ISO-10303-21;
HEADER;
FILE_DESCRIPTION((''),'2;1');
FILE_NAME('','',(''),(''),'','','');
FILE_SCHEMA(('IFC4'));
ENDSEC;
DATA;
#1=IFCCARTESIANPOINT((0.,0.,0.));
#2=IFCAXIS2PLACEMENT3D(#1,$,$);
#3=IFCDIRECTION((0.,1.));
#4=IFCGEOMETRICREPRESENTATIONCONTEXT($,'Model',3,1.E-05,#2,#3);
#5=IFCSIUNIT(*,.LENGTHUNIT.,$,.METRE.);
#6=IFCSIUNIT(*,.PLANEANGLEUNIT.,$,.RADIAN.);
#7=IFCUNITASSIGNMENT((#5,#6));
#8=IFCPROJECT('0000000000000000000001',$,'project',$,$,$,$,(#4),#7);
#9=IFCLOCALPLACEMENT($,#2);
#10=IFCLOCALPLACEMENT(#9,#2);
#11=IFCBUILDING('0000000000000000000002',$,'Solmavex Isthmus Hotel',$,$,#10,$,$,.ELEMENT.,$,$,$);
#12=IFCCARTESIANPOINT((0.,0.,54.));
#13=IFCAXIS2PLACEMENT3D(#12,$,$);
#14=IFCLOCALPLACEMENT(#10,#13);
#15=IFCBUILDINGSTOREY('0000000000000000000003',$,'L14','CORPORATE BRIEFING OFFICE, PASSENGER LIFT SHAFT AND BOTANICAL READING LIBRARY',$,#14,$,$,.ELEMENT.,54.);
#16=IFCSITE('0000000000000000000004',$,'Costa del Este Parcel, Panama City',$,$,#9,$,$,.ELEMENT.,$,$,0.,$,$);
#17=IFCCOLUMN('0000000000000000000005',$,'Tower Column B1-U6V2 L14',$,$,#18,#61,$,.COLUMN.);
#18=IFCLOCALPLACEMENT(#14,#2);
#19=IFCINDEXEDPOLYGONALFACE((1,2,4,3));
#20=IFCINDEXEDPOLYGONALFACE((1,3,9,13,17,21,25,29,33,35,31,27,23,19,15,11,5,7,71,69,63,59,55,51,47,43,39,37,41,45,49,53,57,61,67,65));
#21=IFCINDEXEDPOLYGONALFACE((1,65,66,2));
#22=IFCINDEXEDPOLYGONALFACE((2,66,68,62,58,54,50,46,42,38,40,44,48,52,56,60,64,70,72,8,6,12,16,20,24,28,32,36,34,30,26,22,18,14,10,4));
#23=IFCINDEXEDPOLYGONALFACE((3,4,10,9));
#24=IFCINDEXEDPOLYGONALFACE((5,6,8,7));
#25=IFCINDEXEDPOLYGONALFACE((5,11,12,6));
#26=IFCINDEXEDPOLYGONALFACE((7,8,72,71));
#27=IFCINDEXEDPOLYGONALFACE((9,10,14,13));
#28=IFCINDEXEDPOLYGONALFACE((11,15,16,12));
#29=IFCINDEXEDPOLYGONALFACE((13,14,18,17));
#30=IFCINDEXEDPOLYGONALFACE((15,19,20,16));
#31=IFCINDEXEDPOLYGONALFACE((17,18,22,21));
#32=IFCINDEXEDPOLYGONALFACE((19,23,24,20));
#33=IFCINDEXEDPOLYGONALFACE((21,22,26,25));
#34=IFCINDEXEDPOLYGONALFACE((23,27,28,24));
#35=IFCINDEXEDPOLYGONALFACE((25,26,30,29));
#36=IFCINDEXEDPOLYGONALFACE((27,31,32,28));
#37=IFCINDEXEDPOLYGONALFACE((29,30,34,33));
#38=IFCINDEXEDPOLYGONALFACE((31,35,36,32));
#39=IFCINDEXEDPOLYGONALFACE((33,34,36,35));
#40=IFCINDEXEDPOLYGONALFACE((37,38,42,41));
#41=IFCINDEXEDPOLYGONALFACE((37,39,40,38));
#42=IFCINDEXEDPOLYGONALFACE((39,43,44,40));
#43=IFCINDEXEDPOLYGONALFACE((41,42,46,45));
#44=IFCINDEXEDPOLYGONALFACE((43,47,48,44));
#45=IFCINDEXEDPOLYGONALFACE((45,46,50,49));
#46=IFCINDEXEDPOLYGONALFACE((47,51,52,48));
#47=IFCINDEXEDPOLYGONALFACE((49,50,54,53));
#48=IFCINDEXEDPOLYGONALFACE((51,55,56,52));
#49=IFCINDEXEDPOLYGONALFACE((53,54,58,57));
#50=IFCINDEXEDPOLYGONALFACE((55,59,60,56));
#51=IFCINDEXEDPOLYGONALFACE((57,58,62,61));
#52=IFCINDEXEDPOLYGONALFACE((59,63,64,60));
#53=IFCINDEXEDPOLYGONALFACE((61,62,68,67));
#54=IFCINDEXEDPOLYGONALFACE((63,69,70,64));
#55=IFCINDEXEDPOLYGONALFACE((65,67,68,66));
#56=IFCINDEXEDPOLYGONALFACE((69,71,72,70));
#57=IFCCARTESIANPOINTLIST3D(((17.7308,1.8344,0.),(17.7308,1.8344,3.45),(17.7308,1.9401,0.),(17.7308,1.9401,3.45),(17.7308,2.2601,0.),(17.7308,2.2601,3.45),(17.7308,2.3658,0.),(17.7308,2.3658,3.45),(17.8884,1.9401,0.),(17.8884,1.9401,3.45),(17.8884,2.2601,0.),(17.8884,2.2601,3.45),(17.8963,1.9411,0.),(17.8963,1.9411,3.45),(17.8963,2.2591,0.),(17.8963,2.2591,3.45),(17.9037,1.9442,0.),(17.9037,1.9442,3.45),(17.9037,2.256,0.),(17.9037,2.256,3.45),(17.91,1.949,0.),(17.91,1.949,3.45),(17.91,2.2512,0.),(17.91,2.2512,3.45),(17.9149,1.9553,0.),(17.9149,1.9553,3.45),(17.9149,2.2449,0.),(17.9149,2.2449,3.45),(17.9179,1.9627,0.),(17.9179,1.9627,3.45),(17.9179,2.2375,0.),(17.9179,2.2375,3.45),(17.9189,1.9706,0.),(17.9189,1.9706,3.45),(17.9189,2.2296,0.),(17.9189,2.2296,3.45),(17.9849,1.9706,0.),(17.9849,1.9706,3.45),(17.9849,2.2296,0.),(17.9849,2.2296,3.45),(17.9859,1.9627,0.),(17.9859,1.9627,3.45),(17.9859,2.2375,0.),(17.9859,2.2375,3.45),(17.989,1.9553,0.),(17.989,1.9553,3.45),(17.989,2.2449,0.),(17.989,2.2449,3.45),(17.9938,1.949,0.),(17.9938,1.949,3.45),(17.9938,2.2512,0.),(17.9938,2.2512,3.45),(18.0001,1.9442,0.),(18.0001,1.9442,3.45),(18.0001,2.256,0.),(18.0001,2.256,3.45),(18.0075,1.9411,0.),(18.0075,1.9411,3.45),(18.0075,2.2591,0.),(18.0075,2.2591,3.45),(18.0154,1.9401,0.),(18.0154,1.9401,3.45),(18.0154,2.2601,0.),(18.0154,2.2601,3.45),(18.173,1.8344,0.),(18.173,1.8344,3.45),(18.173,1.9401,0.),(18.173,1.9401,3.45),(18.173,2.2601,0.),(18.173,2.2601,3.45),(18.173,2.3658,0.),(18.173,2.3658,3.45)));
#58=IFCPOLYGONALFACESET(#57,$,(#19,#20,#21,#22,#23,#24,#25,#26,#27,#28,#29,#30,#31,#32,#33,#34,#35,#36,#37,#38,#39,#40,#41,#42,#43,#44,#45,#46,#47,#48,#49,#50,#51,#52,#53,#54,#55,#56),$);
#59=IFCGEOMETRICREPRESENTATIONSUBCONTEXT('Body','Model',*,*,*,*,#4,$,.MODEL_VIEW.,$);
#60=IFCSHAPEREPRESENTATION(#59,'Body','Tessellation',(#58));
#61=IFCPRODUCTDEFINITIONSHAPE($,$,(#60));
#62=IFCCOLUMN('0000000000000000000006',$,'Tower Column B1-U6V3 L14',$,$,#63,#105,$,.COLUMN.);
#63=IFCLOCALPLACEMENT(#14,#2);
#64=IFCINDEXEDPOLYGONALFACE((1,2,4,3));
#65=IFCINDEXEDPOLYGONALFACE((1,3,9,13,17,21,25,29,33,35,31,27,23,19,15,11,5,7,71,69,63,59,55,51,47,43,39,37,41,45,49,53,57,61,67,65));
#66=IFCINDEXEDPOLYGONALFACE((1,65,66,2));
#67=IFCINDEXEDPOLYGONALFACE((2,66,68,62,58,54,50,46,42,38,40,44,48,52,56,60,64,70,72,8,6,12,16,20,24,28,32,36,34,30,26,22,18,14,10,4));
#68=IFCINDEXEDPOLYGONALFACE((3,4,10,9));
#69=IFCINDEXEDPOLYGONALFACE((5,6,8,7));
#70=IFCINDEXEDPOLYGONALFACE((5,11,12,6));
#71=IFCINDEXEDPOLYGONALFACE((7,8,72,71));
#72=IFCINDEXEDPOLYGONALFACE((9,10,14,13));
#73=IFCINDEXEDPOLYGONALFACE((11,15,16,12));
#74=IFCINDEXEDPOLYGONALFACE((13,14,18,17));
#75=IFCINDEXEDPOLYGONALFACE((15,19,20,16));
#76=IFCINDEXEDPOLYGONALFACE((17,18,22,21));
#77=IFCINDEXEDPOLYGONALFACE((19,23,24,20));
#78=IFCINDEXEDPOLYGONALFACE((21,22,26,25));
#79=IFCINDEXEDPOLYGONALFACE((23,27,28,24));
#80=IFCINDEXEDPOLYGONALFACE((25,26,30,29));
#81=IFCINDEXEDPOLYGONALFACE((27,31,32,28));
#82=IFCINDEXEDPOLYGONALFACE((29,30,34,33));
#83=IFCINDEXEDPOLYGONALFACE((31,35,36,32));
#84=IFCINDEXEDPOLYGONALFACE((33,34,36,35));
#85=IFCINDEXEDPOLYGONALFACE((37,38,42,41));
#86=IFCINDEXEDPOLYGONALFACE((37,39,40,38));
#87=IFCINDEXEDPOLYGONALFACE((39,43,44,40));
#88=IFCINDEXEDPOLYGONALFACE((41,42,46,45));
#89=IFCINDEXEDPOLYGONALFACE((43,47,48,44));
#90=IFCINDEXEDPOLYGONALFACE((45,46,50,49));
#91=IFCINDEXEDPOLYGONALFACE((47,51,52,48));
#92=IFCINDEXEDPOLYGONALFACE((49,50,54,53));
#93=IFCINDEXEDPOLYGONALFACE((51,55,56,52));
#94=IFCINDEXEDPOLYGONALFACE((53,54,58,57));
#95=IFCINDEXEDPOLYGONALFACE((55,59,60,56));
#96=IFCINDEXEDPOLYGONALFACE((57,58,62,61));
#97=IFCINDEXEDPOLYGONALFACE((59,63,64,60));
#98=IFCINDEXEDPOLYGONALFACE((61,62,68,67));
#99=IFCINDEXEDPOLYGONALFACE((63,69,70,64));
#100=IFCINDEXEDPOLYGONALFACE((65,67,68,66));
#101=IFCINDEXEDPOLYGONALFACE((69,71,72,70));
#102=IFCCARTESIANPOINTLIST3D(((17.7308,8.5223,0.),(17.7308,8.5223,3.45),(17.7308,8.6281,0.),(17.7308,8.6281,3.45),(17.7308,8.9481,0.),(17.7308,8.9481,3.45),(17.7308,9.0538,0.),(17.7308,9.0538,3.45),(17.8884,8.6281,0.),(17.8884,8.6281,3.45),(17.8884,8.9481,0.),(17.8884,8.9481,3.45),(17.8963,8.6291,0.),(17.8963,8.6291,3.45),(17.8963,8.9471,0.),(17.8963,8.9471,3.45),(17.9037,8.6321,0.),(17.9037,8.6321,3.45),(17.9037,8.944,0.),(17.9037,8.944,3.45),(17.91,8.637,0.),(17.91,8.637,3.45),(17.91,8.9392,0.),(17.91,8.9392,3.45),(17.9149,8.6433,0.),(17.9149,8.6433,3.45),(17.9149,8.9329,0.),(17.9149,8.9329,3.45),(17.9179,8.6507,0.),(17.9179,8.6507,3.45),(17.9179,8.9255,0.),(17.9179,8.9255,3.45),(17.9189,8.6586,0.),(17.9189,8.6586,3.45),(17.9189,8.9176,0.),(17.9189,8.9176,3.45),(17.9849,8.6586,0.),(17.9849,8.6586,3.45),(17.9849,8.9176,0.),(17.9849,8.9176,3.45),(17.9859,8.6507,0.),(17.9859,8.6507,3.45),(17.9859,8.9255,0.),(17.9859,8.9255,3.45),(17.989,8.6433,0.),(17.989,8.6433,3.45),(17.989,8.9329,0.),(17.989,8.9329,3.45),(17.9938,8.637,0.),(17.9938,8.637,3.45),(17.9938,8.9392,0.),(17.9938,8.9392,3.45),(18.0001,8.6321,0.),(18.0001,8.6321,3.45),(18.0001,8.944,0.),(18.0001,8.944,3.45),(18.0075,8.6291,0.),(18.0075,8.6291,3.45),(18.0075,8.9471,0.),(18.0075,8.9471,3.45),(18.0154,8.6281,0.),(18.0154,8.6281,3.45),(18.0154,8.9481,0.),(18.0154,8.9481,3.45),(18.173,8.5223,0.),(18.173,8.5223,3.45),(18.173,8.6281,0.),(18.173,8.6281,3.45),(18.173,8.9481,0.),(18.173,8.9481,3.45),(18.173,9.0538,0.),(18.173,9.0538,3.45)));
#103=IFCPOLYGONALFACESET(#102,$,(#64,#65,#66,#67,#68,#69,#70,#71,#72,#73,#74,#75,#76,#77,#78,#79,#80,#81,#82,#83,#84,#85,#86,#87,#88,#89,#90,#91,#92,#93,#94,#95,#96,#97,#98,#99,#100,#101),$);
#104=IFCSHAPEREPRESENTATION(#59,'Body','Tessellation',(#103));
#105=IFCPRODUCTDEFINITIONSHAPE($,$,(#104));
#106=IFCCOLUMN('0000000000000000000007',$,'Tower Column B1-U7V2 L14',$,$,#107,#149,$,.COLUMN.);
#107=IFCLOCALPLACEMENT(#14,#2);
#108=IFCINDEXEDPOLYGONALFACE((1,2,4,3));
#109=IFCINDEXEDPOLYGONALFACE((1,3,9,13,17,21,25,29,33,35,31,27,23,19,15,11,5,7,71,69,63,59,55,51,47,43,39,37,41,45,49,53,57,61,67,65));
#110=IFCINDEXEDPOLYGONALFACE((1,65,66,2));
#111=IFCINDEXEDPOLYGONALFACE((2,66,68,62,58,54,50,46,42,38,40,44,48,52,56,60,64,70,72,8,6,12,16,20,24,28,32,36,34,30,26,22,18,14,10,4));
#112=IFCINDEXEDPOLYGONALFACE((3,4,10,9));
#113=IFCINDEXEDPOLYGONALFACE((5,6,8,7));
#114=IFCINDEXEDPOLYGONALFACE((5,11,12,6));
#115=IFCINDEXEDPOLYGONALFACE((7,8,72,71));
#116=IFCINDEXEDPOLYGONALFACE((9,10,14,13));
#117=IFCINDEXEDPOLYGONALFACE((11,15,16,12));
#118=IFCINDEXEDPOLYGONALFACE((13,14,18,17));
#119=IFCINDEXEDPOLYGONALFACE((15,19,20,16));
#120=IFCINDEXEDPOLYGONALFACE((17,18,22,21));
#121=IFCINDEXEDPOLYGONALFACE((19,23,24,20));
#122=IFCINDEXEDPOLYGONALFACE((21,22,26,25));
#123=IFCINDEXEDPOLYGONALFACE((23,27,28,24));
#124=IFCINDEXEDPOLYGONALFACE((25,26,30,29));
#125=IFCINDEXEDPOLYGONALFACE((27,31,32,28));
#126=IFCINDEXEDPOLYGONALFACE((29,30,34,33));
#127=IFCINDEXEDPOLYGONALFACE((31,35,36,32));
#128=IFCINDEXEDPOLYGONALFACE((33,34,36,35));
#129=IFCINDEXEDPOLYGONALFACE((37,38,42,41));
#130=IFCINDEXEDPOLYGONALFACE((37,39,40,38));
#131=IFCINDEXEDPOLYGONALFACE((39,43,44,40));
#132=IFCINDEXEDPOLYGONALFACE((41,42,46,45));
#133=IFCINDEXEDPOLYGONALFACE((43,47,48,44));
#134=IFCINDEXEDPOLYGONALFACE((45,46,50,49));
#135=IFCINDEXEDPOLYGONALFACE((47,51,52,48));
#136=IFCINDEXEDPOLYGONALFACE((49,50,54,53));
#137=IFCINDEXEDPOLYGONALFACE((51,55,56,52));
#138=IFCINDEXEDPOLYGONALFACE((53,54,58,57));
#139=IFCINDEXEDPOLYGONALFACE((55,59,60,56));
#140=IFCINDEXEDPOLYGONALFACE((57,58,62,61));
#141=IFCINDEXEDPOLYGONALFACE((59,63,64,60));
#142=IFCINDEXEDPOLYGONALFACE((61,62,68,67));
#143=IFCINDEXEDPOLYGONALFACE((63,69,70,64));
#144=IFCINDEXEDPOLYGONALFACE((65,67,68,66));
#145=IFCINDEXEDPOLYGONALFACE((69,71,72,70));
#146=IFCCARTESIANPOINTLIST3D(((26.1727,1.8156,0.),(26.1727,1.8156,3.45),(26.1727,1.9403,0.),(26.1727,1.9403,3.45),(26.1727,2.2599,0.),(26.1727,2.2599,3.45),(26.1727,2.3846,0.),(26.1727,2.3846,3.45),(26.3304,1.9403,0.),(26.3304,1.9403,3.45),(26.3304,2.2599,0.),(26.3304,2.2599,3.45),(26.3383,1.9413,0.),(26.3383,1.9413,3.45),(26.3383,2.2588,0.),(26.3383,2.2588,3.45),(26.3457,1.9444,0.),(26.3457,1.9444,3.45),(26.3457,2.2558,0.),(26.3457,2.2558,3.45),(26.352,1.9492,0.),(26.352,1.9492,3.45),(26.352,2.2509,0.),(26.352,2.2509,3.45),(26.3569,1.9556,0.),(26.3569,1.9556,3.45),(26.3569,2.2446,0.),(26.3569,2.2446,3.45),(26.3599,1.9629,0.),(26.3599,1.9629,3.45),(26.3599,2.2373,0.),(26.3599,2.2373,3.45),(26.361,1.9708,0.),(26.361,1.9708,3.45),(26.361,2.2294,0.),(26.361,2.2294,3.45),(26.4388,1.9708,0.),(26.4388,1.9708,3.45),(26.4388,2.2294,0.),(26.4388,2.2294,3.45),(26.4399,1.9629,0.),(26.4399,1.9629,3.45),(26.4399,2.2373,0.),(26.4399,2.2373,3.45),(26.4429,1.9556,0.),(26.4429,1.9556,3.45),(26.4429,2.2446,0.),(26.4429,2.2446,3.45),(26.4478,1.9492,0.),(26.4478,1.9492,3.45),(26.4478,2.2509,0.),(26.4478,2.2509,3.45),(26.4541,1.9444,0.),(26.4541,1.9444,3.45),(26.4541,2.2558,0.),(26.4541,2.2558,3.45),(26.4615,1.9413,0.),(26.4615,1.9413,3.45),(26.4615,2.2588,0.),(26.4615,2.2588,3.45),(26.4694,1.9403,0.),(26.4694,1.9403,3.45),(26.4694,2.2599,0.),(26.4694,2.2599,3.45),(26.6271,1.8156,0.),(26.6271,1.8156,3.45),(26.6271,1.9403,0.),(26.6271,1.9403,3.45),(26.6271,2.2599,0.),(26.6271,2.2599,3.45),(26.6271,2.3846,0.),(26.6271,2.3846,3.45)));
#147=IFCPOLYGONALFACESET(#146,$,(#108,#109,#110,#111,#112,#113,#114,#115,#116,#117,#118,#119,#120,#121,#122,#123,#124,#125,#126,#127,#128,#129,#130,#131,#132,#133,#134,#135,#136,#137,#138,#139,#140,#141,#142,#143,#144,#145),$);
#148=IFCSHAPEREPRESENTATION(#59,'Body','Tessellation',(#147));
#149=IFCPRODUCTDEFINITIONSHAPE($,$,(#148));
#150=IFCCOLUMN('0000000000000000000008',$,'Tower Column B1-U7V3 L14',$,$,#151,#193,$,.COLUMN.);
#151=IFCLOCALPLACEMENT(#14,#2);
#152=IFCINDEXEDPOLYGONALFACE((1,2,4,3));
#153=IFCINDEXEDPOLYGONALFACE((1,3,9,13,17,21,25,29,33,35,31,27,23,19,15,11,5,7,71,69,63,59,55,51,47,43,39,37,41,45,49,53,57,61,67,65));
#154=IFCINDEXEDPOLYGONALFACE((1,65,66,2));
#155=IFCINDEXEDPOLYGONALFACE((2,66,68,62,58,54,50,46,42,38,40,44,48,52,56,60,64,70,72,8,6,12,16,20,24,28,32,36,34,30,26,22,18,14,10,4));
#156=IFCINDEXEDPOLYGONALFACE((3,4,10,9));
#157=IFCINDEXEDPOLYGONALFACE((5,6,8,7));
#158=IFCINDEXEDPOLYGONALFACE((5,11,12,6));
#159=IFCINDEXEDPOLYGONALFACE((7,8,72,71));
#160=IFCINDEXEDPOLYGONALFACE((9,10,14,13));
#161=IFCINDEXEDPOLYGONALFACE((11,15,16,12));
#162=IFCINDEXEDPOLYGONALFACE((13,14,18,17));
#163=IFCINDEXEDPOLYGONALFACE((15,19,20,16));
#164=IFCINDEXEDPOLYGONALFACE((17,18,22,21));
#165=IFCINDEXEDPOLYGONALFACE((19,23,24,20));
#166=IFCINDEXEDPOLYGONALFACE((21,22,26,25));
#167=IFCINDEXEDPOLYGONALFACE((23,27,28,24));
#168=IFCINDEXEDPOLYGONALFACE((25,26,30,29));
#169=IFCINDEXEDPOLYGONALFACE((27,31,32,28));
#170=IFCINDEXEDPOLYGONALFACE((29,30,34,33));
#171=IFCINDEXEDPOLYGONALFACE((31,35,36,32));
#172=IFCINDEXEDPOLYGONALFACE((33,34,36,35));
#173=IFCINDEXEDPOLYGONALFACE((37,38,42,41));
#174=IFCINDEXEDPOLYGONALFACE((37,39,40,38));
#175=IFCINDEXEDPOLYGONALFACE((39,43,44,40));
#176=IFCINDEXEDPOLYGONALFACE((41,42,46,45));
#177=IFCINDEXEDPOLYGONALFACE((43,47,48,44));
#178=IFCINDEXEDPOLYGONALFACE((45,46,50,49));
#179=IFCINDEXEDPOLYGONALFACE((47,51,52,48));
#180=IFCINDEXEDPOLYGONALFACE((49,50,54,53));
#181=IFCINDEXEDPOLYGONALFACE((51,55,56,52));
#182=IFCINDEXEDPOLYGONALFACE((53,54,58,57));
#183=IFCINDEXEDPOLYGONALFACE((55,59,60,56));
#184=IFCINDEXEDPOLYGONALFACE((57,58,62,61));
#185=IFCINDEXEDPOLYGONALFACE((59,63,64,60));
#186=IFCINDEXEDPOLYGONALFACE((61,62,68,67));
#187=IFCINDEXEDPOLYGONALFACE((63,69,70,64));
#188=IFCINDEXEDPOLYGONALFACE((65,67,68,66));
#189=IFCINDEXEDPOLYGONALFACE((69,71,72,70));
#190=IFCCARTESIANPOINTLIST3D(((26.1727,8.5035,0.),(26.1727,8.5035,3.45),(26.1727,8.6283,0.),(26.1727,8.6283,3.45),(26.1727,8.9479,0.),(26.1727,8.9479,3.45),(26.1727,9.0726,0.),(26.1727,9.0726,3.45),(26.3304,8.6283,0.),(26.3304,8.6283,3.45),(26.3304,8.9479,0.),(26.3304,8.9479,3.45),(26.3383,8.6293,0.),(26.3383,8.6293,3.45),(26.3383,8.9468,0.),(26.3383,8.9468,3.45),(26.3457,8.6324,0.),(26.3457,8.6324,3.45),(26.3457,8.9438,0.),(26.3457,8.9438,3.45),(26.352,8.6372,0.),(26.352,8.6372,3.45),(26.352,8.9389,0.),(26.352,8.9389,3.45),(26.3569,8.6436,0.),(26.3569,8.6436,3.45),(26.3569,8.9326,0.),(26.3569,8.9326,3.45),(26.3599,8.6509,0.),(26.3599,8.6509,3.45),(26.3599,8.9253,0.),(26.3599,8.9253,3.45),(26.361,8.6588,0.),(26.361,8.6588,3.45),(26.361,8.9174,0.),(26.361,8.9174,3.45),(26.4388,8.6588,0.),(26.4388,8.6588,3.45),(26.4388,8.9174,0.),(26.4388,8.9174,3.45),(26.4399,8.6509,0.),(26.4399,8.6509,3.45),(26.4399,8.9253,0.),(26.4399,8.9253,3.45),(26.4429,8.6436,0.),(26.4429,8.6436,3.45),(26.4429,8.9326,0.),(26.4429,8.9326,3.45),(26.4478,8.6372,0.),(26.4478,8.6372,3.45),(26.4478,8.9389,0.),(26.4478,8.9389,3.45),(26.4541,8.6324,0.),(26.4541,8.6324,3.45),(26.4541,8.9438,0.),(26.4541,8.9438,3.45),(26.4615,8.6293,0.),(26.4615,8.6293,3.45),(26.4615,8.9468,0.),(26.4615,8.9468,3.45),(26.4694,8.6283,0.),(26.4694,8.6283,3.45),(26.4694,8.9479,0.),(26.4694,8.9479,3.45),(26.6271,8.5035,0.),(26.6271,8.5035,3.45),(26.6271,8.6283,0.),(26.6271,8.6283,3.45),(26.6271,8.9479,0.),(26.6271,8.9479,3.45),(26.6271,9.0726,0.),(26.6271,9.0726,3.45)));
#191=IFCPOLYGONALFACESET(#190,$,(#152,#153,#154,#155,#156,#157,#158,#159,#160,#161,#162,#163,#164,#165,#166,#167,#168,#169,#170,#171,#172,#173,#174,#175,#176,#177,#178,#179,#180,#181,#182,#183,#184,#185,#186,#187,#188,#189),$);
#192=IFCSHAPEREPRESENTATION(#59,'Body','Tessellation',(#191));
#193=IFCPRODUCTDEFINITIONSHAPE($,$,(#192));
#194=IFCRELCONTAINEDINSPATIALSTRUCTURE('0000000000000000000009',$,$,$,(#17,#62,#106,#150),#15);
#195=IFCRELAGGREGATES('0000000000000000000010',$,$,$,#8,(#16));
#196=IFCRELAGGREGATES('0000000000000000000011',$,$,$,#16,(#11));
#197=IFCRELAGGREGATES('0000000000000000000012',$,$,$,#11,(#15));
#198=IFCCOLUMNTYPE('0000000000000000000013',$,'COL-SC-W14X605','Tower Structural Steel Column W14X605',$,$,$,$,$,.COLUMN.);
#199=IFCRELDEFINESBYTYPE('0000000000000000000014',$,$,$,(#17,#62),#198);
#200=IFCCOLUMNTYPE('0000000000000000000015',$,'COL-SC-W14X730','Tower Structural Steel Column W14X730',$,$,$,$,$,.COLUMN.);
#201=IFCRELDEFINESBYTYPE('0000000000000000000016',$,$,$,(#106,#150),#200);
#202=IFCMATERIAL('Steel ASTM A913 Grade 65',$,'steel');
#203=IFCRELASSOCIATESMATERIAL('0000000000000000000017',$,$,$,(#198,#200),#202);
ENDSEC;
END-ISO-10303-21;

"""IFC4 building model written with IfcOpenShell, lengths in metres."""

from ifc_helpers import new_model, si_unit, direction, frame, origin, origin_2d, place, context, subcontext, project, spatial, i_section, extrude, material, material_profile, profile_set, type_object, element, save


model = new_model("IFC4")

# Units and contexts
model_context = context("Model", 3, precision=1e-05, world=origin(), true_north=direction((0.0, 1.0)))
body_context = subcontext(model_context, "Body", "Model", "MODEL_VIEW")
ifc_project = project(units=[si_unit("LENGTHUNIT", "METRE"), si_unit("PLANEANGLEUNIT", "RADIAN")], contexts=[model_context])

# Site, building, storey
site_placement = place(None, origin())
site = spatial("IfcSite", under=ifc_project, at=site_placement, Name="Costa del Este Parcel, Panama City", CompositionType="ELEMENT", RefElevation=0.0)
building_placement = place(site_placement, origin())
building = spatial("IfcBuilding", under=site, at=building_placement, Name="Solmavex Isthmus Hotel", CompositionType="ELEMENT")
storey_placement = place(building_placement, frame((0.0, 0.0, 54.0)))
storey = spatial("IfcBuildingStorey", under=building, at=storey_placement, Name="L14", Description="CORPORATE BRIEFING OFFICE, PASSENGER LIFT SHAFT AND BOTANICAL READING LIBRARY", CompositionType="ELEMENT", Elevation=54.0)

# Columns
ifc_material_1 = material(Name="Steel ASTM A913 Grade 65", Category="steel")
ifc_material_profile_1 = material_profile(ifc_material_1, i_section(OverallWidth=0.4421, OverallDepth=0.5315, WebThickness=0.0659, FlangeThickness=0.1057, FilletRadius=0.0305, at=origin_2d()), Name="W14X605")
ifc_profile_set_1 = profile_set([ifc_material_profile_1], Name="Steel ASTM A913 Grade 65")
column_type_1 = type_object("IfcColumnType", Name="COL-SC-W14X605", Description="Tower Structural Steel Column W14X605", PredefinedType="COLUMN", material=ifc_profile_set_1)
for number, where, z_axis, x_axis, name in (
    (1, (17.9519, 2.1001, 0.0), (0.0, 0.0, 1.0), (1.0, 0.0, 0.0), "Tower Column B1-U6V2 L14"),
    (2, (17.9519, 8.7881, 0.0), (0.0, 0.0, 1.0), (1.0, 0.0, 0.0), "Tower Column B1-U6V3 L14"),
):
    element("IfcColumn", number, at=place(storey_placement, frame(where, z_axis=z_axis, x_axis=x_axis)), inside=storey, type_object=column_type_1, Name=name, PredefinedType="COLUMN", context=body_context, shape_type="SweptSolid", body=[
        extrude(i_section(OverallWidth=0.4421, OverallDepth=0.5315, WebThickness=0.0659, FlangeThickness=0.1057, FilletRadius=0.0305, at=origin_2d()), origin(), (0.0, 0.0, 1.0), 3.45),
    ])
ifc_material_profile_2 = material_profile(ifc_material_1, i_section(OverallWidth=0.4543, OverallDepth=0.5691, WebThickness=0.0779, FlangeThickness=0.1248, FilletRadius=0.0305, at=origin_2d()), Name="W14X730")
ifc_profile_set_2 = profile_set([ifc_material_profile_2], Name="Steel ASTM A913 Grade 65")
column_type_2 = type_object("IfcColumnType", Name="COL-SC-W14X730", Description="Tower Structural Steel Column W14X730", PredefinedType="COLUMN", material=ifc_profile_set_2)
for number, where, z_axis, x_axis, name in (
    (3, (26.3999, 2.1001, 0.0), (0.0, 0.0, 1.0), (1.0, 0.0, 0.0), "Tower Column B1-U7V2 L14"),
    (4, (26.3999, 8.7881, 0.0), (0.0, 0.0, 1.0), (1.0, 0.0, 0.0), "Tower Column B1-U7V3 L14"),
):
    element("IfcColumn", number, at=place(storey_placement, frame(where, z_axis=z_axis, x_axis=x_axis)), inside=storey, type_object=column_type_2, Name=name, PredefinedType="COLUMN", context=body_context, shape_type="SweptSolid", body=[
        extrude(i_section(OverallWidth=0.4543, OverallDepth=0.5691, WebThickness=0.0779, FlangeThickness=0.1248, FilletRadius=0.0305, at=origin_2d()), origin(), (0.0, 0.0, 1.0), 3.45),
    ])

save(model, "model.ifc")
